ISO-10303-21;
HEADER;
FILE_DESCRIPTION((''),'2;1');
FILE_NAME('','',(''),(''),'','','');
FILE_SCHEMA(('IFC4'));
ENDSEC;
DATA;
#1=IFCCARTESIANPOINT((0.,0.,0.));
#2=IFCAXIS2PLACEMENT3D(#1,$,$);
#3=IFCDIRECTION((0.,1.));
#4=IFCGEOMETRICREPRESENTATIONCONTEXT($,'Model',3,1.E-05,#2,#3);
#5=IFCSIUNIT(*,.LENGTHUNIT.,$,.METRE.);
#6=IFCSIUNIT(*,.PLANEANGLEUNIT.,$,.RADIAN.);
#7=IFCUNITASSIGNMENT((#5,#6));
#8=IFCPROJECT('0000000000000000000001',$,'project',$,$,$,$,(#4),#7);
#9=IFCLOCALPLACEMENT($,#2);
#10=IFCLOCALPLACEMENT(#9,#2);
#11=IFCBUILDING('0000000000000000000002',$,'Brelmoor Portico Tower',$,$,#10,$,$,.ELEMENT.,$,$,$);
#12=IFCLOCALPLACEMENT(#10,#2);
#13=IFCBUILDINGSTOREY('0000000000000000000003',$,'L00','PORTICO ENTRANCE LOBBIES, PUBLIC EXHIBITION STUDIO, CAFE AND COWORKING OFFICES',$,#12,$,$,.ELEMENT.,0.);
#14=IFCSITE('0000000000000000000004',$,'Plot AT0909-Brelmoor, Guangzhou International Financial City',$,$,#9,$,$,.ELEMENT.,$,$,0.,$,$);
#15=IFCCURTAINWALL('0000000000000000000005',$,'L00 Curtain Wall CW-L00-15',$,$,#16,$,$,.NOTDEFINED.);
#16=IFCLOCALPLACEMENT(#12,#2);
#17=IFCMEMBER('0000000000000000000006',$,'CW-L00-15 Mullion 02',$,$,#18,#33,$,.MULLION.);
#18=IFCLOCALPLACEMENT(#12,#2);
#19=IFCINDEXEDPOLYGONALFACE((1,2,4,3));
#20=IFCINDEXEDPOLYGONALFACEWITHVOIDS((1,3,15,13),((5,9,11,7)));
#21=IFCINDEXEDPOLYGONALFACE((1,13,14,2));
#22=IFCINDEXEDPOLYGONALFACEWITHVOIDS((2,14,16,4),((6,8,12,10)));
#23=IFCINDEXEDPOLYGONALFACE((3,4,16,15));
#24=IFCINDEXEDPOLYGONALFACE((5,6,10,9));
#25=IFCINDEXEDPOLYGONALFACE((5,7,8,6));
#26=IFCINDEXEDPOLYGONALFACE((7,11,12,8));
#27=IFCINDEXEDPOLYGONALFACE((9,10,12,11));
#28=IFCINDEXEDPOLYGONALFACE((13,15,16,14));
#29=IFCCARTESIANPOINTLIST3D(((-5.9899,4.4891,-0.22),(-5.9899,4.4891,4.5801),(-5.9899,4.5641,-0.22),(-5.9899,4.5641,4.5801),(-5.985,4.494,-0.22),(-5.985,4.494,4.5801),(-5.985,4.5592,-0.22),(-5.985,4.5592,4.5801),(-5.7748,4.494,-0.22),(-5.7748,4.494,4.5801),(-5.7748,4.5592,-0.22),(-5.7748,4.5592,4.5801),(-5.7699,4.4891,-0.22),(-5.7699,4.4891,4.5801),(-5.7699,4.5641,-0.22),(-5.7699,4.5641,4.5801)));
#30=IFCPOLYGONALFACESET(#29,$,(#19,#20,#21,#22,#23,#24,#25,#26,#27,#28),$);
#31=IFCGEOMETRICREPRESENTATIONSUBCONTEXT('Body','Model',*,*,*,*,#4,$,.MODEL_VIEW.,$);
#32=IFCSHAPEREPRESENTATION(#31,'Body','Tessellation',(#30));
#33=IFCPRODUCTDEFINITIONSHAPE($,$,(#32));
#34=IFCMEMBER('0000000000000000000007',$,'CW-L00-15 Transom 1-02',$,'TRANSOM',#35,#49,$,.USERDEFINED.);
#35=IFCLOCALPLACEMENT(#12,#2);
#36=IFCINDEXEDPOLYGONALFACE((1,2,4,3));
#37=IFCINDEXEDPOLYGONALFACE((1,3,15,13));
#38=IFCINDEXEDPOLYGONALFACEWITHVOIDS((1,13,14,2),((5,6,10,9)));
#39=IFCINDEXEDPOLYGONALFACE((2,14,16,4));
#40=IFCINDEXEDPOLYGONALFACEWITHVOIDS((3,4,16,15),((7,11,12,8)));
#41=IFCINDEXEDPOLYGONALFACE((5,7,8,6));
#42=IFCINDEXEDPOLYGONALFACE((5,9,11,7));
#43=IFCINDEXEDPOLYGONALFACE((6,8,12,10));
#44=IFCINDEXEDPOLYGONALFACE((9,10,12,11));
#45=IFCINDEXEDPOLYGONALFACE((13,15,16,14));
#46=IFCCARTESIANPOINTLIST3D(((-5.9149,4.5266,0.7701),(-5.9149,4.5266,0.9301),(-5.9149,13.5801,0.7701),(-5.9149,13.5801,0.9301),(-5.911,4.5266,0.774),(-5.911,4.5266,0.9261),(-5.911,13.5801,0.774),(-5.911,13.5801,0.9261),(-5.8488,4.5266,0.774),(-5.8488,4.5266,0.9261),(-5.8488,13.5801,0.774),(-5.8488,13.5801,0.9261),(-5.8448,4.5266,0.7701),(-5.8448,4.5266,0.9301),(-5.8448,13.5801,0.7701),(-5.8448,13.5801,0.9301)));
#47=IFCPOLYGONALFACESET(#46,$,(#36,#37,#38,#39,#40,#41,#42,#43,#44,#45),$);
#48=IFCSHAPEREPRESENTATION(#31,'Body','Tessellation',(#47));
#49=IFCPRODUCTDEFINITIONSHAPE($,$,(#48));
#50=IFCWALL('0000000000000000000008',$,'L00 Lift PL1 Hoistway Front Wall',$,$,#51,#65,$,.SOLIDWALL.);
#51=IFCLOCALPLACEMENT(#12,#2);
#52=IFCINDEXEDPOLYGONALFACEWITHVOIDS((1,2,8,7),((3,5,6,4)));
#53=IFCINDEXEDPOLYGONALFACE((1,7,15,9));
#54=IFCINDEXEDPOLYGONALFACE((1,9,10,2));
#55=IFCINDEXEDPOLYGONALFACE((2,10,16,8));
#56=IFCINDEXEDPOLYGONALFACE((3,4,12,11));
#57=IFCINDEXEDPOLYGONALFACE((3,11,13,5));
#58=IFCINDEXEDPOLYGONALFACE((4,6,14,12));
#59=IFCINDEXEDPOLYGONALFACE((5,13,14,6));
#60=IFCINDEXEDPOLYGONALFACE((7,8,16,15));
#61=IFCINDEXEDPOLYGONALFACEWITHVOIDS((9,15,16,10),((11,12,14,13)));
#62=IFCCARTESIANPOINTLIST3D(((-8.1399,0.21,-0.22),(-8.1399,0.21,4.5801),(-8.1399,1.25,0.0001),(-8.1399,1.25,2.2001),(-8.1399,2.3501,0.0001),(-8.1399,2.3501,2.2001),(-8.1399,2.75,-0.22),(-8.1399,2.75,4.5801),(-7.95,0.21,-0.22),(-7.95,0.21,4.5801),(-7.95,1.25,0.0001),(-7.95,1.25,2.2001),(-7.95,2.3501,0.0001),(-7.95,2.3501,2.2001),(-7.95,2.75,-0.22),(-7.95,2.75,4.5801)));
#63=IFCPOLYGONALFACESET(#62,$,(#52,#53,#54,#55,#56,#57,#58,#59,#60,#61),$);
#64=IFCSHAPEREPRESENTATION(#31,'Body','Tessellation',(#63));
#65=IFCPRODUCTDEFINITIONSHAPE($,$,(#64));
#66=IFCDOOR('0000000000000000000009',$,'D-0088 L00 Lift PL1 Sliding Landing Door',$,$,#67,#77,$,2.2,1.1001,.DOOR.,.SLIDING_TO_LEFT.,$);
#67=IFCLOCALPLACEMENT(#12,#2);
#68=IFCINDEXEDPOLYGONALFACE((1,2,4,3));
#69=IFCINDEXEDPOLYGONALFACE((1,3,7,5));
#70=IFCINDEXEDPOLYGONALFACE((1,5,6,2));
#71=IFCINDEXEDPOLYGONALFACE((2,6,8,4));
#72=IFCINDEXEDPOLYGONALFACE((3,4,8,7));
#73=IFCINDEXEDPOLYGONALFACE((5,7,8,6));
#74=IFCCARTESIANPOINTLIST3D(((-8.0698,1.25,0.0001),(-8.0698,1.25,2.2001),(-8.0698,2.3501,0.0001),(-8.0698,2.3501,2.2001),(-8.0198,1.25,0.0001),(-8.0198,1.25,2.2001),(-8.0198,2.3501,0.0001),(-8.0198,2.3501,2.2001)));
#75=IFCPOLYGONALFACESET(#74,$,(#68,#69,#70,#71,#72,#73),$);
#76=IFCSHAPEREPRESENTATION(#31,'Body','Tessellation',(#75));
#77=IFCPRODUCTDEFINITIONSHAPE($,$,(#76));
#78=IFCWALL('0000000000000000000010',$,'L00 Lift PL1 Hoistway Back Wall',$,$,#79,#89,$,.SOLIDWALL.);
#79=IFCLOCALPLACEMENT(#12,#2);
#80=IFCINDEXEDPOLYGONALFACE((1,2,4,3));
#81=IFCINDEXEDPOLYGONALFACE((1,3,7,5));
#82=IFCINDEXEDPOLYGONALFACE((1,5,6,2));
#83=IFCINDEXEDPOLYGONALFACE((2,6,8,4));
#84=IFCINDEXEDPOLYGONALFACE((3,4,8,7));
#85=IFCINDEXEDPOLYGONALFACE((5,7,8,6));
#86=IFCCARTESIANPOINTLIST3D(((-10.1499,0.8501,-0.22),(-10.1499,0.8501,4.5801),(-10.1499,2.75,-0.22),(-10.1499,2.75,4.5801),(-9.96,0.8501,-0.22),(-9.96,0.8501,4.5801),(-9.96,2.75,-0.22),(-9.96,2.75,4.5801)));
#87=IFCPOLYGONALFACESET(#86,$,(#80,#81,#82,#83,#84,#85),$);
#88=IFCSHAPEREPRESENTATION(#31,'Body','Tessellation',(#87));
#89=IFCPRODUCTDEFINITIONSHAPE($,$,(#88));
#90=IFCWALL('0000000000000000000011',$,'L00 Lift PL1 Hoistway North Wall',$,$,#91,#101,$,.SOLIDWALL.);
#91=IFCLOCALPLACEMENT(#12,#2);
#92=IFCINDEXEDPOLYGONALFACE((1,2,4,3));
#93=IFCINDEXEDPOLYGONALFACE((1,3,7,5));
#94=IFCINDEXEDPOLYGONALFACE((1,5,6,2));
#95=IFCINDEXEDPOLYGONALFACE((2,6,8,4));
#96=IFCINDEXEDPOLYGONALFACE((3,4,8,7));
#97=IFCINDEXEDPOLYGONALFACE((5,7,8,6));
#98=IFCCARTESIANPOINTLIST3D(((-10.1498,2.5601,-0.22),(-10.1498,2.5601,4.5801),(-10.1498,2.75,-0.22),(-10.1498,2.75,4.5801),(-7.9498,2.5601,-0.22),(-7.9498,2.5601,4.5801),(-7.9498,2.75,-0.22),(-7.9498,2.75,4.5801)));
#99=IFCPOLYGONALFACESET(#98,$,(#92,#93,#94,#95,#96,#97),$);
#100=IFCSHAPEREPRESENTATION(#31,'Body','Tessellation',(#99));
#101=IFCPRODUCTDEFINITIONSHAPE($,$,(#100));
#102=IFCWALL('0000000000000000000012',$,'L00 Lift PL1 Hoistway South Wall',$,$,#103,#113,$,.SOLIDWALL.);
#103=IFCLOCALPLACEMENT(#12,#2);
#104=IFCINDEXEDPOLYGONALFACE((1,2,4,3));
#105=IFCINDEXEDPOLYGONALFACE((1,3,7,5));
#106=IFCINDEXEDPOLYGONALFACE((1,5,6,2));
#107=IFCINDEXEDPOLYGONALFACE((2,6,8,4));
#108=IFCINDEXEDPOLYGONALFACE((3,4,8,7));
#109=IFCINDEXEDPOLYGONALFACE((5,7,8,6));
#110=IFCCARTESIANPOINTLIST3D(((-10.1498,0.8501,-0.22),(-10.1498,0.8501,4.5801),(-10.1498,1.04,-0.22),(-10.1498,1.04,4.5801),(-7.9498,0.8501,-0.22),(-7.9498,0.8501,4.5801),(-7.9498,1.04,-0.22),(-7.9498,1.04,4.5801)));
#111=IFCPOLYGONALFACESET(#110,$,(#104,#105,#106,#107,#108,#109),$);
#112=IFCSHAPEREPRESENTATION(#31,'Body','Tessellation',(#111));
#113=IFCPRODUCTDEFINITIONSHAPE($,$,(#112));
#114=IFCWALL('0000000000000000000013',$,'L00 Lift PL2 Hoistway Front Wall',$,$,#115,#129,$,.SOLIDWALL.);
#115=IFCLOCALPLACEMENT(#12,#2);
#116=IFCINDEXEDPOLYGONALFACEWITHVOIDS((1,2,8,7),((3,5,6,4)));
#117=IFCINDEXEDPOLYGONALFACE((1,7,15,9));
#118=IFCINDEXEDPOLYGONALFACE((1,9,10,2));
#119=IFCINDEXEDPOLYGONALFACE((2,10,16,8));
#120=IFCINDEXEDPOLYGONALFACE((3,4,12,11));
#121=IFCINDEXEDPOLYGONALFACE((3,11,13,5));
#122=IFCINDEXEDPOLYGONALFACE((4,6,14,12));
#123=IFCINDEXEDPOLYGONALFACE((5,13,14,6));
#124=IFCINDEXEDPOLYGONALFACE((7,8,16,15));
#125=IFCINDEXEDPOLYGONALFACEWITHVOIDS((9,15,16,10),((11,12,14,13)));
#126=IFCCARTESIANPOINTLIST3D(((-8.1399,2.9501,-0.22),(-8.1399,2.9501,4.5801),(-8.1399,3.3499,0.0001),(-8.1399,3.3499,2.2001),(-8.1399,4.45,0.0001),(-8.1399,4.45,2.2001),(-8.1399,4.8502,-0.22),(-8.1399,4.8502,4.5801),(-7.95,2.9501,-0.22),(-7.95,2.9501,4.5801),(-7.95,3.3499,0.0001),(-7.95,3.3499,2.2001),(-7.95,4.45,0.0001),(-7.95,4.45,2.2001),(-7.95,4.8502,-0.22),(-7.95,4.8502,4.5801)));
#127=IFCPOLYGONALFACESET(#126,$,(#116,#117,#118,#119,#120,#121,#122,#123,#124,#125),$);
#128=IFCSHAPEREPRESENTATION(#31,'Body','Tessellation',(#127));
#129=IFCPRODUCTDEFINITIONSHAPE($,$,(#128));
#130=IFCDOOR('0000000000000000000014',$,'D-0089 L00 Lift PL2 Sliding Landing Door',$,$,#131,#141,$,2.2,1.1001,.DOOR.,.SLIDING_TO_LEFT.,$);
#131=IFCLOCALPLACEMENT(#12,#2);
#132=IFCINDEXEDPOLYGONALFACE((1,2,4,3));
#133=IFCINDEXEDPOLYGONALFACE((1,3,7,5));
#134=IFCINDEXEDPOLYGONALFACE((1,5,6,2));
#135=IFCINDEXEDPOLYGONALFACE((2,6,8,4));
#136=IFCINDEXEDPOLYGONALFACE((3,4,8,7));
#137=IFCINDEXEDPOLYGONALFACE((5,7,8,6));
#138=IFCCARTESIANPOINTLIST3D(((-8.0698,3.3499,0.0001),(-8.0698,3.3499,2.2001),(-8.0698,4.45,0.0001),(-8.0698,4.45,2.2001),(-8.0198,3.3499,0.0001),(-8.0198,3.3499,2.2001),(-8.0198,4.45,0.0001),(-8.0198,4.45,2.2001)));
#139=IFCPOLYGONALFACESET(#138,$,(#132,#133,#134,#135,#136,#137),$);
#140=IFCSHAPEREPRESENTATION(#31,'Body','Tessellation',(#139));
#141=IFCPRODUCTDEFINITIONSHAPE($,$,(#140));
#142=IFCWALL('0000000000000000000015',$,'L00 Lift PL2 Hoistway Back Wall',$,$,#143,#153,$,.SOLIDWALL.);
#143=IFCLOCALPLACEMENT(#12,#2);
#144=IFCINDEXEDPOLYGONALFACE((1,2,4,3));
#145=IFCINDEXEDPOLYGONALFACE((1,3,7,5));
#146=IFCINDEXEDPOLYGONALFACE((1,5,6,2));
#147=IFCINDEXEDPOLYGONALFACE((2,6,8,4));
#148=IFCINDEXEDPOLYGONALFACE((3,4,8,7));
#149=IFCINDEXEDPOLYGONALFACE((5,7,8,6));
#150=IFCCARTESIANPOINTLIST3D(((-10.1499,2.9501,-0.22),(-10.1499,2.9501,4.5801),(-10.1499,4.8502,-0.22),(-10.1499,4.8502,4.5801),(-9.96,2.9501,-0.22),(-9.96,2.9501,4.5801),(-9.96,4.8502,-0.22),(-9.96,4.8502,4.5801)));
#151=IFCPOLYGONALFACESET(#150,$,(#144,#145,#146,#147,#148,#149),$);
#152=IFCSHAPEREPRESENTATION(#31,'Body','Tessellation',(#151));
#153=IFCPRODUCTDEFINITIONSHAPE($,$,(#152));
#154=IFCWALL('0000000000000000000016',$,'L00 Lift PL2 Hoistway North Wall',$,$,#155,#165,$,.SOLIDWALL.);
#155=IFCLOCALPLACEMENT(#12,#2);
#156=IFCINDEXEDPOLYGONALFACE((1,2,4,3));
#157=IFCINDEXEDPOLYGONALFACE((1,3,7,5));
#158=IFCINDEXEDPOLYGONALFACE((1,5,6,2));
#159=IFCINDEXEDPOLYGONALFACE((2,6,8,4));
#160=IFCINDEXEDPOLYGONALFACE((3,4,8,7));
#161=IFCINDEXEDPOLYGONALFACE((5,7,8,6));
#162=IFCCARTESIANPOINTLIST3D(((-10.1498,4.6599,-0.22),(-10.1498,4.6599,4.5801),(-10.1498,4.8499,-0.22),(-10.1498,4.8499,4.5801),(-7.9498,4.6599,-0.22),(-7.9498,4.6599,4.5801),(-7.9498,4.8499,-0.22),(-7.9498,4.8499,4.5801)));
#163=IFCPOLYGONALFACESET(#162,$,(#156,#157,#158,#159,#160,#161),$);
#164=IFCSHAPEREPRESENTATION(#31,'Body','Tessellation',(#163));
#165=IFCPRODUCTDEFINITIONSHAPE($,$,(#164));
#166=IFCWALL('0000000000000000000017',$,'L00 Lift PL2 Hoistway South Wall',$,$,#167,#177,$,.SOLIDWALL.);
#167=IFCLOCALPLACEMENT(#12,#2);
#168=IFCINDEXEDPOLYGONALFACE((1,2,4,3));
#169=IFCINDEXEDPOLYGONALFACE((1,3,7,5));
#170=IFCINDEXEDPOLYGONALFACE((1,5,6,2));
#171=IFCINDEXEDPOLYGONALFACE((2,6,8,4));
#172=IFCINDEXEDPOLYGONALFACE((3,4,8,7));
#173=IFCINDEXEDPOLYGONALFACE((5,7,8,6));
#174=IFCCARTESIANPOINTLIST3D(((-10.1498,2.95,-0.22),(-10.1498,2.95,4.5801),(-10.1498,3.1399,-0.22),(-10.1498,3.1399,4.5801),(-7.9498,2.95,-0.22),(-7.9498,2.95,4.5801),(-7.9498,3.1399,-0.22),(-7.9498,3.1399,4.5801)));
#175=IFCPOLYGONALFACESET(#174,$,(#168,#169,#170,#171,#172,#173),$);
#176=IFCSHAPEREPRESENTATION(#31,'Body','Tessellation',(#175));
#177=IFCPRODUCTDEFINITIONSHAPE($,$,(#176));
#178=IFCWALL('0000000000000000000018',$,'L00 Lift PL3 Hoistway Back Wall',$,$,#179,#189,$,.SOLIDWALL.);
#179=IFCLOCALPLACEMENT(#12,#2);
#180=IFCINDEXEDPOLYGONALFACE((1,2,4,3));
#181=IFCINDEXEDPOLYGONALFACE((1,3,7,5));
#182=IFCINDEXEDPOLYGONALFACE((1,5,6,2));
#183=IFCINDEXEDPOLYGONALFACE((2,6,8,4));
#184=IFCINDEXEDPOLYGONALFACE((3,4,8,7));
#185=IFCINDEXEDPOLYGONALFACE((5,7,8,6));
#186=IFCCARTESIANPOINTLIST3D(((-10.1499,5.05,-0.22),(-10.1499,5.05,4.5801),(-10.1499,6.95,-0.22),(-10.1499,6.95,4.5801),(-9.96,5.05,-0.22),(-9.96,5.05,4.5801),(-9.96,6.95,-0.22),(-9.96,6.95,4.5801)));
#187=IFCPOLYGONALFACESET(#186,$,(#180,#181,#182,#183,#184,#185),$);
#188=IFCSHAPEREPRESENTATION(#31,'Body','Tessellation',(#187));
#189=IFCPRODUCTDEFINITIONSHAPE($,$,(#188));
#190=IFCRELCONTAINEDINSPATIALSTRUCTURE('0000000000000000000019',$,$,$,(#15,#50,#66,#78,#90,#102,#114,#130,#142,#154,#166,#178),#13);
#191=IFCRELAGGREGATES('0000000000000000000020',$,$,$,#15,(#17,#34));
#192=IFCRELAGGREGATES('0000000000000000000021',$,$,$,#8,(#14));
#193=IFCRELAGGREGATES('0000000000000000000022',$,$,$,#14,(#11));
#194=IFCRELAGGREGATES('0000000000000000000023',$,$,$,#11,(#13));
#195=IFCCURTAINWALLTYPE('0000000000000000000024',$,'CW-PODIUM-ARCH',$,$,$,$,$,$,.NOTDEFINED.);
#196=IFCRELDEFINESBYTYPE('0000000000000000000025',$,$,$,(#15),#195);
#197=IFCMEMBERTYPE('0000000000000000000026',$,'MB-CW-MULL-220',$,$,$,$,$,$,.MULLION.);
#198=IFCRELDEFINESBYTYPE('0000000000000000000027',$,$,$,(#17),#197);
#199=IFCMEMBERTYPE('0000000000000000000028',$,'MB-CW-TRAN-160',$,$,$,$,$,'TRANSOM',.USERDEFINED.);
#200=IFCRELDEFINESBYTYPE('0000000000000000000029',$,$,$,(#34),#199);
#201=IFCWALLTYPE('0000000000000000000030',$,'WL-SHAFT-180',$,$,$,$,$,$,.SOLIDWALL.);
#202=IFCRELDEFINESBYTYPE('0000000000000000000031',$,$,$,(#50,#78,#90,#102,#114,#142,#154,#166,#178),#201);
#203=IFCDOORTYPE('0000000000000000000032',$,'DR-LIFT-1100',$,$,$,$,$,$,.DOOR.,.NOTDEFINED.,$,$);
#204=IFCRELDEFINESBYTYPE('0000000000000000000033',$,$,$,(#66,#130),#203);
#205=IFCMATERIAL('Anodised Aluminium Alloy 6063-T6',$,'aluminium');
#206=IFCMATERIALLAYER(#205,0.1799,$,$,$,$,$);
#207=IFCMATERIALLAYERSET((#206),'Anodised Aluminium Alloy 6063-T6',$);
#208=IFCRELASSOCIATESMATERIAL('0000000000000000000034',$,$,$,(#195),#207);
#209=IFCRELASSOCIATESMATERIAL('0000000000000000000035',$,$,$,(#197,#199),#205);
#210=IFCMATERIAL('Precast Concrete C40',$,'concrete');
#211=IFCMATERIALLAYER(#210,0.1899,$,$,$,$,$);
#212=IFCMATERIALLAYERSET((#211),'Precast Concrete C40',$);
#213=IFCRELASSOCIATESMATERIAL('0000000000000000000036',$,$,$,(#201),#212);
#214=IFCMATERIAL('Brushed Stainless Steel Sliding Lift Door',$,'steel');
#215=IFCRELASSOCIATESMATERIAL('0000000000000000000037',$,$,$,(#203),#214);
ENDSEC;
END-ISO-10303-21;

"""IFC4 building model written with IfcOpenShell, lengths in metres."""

from ifc_helpers import new_model, si_unit, direction, frame, frame_2d, origin, origin_2d, place, context, subcontext, project, spatial, rectangle, hollow_rectangle, extrude, material, layer, layer_set, material_profile, profile_set, type_object, element, fill, aggregate, save


model = new_model("IFC4")

# Units and contexts
model_context = context("Model", 3, precision=1e-05, world=origin(), true_north=direction((0.0, 1.0)))
body_context = subcontext(model_context, "Body", "Model", "MODEL_VIEW")
ifc_project = project(units=[si_unit("LENGTHUNIT", "METRE"), si_unit("PLANEANGLEUNIT", "RADIAN")], contexts=[model_context])

# Site, building, storey
site_placement = place(None, origin())
site = spatial("IfcSite", under=ifc_project, at=site_placement, Name="Plot AT0909-Brelmoor, Guangzhou International Financial City", CompositionType="ELEMENT", RefElevation=0.0)
building_placement = place(site_placement, origin())
building = spatial("IfcBuilding", under=site, at=building_placement, Name="Brelmoor Portico Tower", CompositionType="ELEMENT")
storey_placement = place(building_placement, origin())
storey = spatial("IfcBuildingStorey", under=building, at=storey_placement, Name="L00", Description="PORTICO ENTRANCE LOBBIES, PUBLIC EXHIBITION STUDIO, CAFE AND COWORKING OFFICES", CompositionType="ELEMENT", Elevation=0.0)

# Curtain wall, members
ifc_material_1 = material(Name="Anodised Aluminium Alloy 6063-T6", Category="aluminium")
ifc_layer_1 = layer(ifc_material_1, 0.1799)
ifc_layer_set_1 = layer_set([ifc_layer_1], Name="Anodised Aluminium Alloy 6063-T6")
curtain_wall_type = type_object("IfcCurtainWallType", Name="CW-PODIUM-ARCH", PredefinedType="NOTDEFINED", material=ifc_layer_set_1)
curtain_wall_placement = place(storey_placement, origin())
curtain_wall = element("IfcCurtainWall", 1, at=curtain_wall_placement, inside=storey, type_object=curtain_wall_type, Name="L00 Curtain Wall CW-L00-15", PredefinedType="NOTDEFINED")
ifc_material_profile_1 = material_profile(ifc_material_1, hollow_rectangle(XDim=0.075, YDim=0.22, WallThickness=0.0049, at=origin_2d()), Name="ALU MULLION 75x220")
ifc_profile_set_1 = profile_set([ifc_material_profile_1], Name="Anodised Aluminium Alloy 6063-T6")
member_type_1 = type_object("IfcMemberType", Name="MB-CW-MULL-220", PredefinedType="MULLION", material=ifc_profile_set_1)
member_1_placement = place(storey_placement, frame((-5.8799, 4.5266, -0.22), z_axis=(0.0, 0.0, 1.0), x_axis=(0.0, 1.0, 0.0)))
member_1 = element("IfcMember", 2, at=member_1_placement, type_object=member_type_1, Name="CW-L00-15 Mullion 02", PredefinedType="MULLION", context=body_context, shape_type="SweptSolid", body=[
    extrude(hollow_rectangle(XDim=0.075, YDim=0.22, WallThickness=0.0049, at=origin_2d()), origin(), (0.0, 0.0, 1.0), 4.8),
])
ifc_material_profile_2 = material_profile(ifc_material_1, hollow_rectangle(XDim=0.0701, YDim=0.1599, WallThickness=0.0039, at=origin_2d()), Name="ALU TRANSOM 70x160")
ifc_profile_set_2 = profile_set([ifc_material_profile_2], Name="Anodised Aluminium Alloy 6063-T6")
member_type_2 = type_object("IfcMemberType", Name="MB-CW-TRAN-160", ElementType="TRANSOM", PredefinedType="USERDEFINED", material=ifc_profile_set_2)
member_2_placement = place(storey_placement, frame((-5.8799, 4.5266, 0.8501), z_axis=(0.0, 1.0, 0.0), x_axis=(-1.0, 0.0, 0.0)))
member_2 = element("IfcMember", 3, at=member_2_placement, type_object=member_type_2, Name="CW-L00-15 Transom 1-02", ObjectType="TRANSOM", PredefinedType="USERDEFINED", context=body_context, shape_type="SweptSolid", body=[
    extrude(hollow_rectangle(XDim=0.0701, YDim=0.1599, WallThickness=0.0039, at=origin_2d()), origin(), (0.0, 0.0, 1.0), 9.0535),
])
aggregate(curtain_wall, [member_1, member_2])

# Wall, opening, door
ifc_material_2 = material(Name="Precast Concrete C40", Category="concrete")
ifc_layer_2 = layer(ifc_material_2, 0.1899)
ifc_layer_set_2 = layer_set([ifc_layer_2], Name="Precast Concrete C40")
wall_type_1 = type_object("IfcWallType", Name="WL-SHAFT-180", PredefinedType="SOLIDWALL", material=ifc_layer_set_2)
wall_1_placement = place(storey_placement, frame((-8.0449, 0.21, -0.22), z_axis=(0.0, 0.0, 1.0), x_axis=(0.0, 1.0, 0.0)))
wall_1 = element("IfcWall", 4, at=wall_1_placement, inside=storey, type_object=wall_type_1, Name="L00 Lift PL1 Hoistway Front Wall", PredefinedType="SOLIDWALL", context=body_context, shape_type="SweptSolid", body=[
    extrude(rectangle(XDim=2.54, YDim=0.1899, at=frame_2d((1.27, 0.0))), origin(), (0.0, 0.0, 1.0), 4.8),
])
opening_1_placement = place(wall_1_placement, frame((1.04, 0.0, 0.22)))
opening_1 = element("IfcOpeningElement", 5, at=opening_1_placement, cuts=wall_1, PredefinedType="OPENING", context=body_context, shape_type="SweptSolid", body=[
    extrude(rectangle(XDim=1.1001, YDim=2.2, at=frame_2d((0.55, 1.1001))), frame((0.0, 0.105, 0.0), z_axis=(0.0, -1.0, 0.0), x_axis=(1.0, 0.0, 0.0)), (0.0, 0.0, 1.0), 0.21),
])
ifc_material_3 = material(Name="Brushed Stainless Steel Sliding Lift Door", Category="steel")
door_type_1 = type_object("IfcDoorType", Name="DR-LIFT-1100", OperationType="NOTDEFINED", PredefinedType="DOOR", material=ifc_material_3)
door_1_placement = place(opening_1_placement, origin())
door_1 = element("IfcDoor", 6, at=door_1_placement, inside=storey, type_object=door_type_1, Name="D-0088 L00 Lift PL1 Sliding Landing Door", OperationType="SLIDING_TO_LEFT", OverallHeight=2.2, OverallWidth=1.1001, PredefinedType="DOOR", context=body_context, shape_type="SweptSolid", body=[
    extrude(rectangle(XDim=1.1001, YDim=2.2, at=frame_2d((0.55, 1.1001))), frame((0.0, 0.0249, 0.0), z_axis=(0.0, -1.0, 0.0), x_axis=(1.0, 0.0, 0.0)), (0.0, 0.0, 1.0), 0.05),
])
fill(opening_1, door_1)

# Walls
wall_2_placement = place(storey_placement, frame((-10.0549, 0.8501, -0.22), z_axis=(0.0, 0.0, 1.0), x_axis=(0.0, 1.0, 0.0)))
element("IfcWall", 7, at=wall_2_placement, inside=storey, type_object=wall_type_1, Name="L00 Lift PL1 Hoistway Back Wall", PredefinedType="SOLIDWALL", context=body_context, shape_type="SweptSolid", body=[
    extrude(rectangle(XDim=1.8999, YDim=0.1899, at=frame_2d((0.95, 0.0))), origin(), (0.0, 0.0, 1.0), 4.8),
])
for number, where, z_axis, x_axis, name in (
    (8, (-10.1499, 2.655, -0.22), (0.0, 0.0, 1.0), (1.0, 0.0, 0.0), "L00 Lift PL1 Hoistway North Wall"),
    (9, (-10.1499, 0.9451, -0.22), (0.0, 0.0, 1.0), (1.0, 0.0, 0.0), "L00 Lift PL1 Hoistway South Wall"),
):
    element("IfcWall", number, at=place(storey_placement, frame(where, z_axis=z_axis, x_axis=x_axis)), inside=storey, type_object=wall_type_1, Name=name, PredefinedType="SOLIDWALL", context=body_context, shape_type="SweptSolid", body=[
        extrude(rectangle(XDim=2.2, YDim=0.1899, at=frame_2d((1.1001, 0.0))), origin(), (0.0, 0.0, 1.0), 4.8),
    ])

# Wall, opening, door
wall_3_placement = place(storey_placement, frame((-8.0449, 2.95, -0.22), z_axis=(0.0, 0.0, 1.0), x_axis=(0.0, 1.0, 0.0)))
wall_3 = element("IfcWall", 10, at=wall_3_placement, inside=storey, type_object=wall_type_1, Name="L00 Lift PL2 Hoistway Front Wall", PredefinedType="SOLIDWALL", context=body_context, shape_type="SweptSolid", body=[
    extrude(rectangle(XDim=1.9001, YDim=0.1899, at=frame_2d((0.9502, 0.0))), origin(), (0.0, 0.0, 1.0), 4.8),
])
opening_2_placement = place(wall_3_placement, frame((0.3999, 0.0, 0.22)))
opening_2 = element("IfcOpeningElement", 11, at=opening_2_placement, cuts=wall_3, PredefinedType="OPENING", context=body_context, shape_type="SweptSolid", body=[
    extrude(rectangle(XDim=1.1001, YDim=2.2, at=frame_2d((0.55, 1.1001))), frame((0.0, 0.105, 0.0), z_axis=(0.0, -1.0, 0.0), x_axis=(1.0, 0.0, 0.0)), (0.0, 0.0, 1.0), 0.21),
])
door_2_placement = place(opening_2_placement, origin())
door_2 = element("IfcDoor", 12, at=door_2_placement, inside=storey, type_object=door_type_1, Name="D-0089 L00 Lift PL2 Sliding Landing Door", OperationType="SLIDING_TO_LEFT", OverallHeight=2.2, OverallWidth=1.1001, PredefinedType="DOOR", context=body_context, shape_type="SweptSolid", body=[
    extrude(rectangle(XDim=1.1001, YDim=2.2, at=frame_2d((0.55, 1.1001))), frame((0.0, 0.0249, 0.0), z_axis=(0.0, -1.0, 0.0), x_axis=(1.0, 0.0, 0.0)), (0.0, 0.0, 1.0), 0.05),
])
fill(opening_2, door_2)

# Walls
wall_4_placement = place(storey_placement, frame((-10.0549, 2.95, -0.22), z_axis=(0.0, 0.0, 1.0), x_axis=(0.0, 1.0, 0.0)))
element("IfcWall", 13, at=wall_4_placement, inside=storey, type_object=wall_type_1, Name="L00 Lift PL2 Hoistway Back Wall", PredefinedType="SOLIDWALL", context=body_context, shape_type="SweptSolid", body=[
    extrude(rectangle(XDim=1.9001, YDim=0.1899, at=frame_2d((0.9502, 0.0))), origin(), (0.0, 0.0, 1.0), 4.8),
])
for number, where, z_axis, x_axis, name in (
    (14, (-10.1499, 4.7549, -0.22), (0.0, 0.0, 1.0), (1.0, 0.0, 0.0), "L00 Lift PL2 Hoistway North Wall"),
    (15, (-10.1499, 3.0449, -0.22), (0.0, 0.0, 1.0), (1.0, 0.0, 0.0), "L00 Lift PL2 Hoistway South Wall"),
):
    element("IfcWall", number, at=place(storey_placement, frame(where, z_axis=z_axis, x_axis=x_axis)), inside=storey, type_object=wall_type_1, Name=name, PredefinedType="SOLIDWALL", context=body_context, shape_type="SweptSolid", body=[
        extrude(rectangle(XDim=2.2, YDim=0.1899, at=frame_2d((1.1001, 0.0))), origin(), (0.0, 0.0, 1.0), 4.8),
    ])
wall_5_placement = place(storey_placement, frame((-10.0549, 5.05, -0.22), z_axis=(0.0, 0.0, 1.0), x_axis=(0.0, 1.0, 0.0)))
element("IfcWall", 16, at=wall_5_placement, inside=storey, type_object=wall_type_1, Name="L00 Lift PL3 Hoistway Back Wall", PredefinedType="SOLIDWALL", context=body_context, shape_type="SweptSolid", body=[
    extrude(rectangle(XDim=1.8999, YDim=0.1899, at=frame_2d((0.95, 0.0))), origin(), (0.0, 0.0, 1.0), 4.8),
])

save(model, "model.ifc")
